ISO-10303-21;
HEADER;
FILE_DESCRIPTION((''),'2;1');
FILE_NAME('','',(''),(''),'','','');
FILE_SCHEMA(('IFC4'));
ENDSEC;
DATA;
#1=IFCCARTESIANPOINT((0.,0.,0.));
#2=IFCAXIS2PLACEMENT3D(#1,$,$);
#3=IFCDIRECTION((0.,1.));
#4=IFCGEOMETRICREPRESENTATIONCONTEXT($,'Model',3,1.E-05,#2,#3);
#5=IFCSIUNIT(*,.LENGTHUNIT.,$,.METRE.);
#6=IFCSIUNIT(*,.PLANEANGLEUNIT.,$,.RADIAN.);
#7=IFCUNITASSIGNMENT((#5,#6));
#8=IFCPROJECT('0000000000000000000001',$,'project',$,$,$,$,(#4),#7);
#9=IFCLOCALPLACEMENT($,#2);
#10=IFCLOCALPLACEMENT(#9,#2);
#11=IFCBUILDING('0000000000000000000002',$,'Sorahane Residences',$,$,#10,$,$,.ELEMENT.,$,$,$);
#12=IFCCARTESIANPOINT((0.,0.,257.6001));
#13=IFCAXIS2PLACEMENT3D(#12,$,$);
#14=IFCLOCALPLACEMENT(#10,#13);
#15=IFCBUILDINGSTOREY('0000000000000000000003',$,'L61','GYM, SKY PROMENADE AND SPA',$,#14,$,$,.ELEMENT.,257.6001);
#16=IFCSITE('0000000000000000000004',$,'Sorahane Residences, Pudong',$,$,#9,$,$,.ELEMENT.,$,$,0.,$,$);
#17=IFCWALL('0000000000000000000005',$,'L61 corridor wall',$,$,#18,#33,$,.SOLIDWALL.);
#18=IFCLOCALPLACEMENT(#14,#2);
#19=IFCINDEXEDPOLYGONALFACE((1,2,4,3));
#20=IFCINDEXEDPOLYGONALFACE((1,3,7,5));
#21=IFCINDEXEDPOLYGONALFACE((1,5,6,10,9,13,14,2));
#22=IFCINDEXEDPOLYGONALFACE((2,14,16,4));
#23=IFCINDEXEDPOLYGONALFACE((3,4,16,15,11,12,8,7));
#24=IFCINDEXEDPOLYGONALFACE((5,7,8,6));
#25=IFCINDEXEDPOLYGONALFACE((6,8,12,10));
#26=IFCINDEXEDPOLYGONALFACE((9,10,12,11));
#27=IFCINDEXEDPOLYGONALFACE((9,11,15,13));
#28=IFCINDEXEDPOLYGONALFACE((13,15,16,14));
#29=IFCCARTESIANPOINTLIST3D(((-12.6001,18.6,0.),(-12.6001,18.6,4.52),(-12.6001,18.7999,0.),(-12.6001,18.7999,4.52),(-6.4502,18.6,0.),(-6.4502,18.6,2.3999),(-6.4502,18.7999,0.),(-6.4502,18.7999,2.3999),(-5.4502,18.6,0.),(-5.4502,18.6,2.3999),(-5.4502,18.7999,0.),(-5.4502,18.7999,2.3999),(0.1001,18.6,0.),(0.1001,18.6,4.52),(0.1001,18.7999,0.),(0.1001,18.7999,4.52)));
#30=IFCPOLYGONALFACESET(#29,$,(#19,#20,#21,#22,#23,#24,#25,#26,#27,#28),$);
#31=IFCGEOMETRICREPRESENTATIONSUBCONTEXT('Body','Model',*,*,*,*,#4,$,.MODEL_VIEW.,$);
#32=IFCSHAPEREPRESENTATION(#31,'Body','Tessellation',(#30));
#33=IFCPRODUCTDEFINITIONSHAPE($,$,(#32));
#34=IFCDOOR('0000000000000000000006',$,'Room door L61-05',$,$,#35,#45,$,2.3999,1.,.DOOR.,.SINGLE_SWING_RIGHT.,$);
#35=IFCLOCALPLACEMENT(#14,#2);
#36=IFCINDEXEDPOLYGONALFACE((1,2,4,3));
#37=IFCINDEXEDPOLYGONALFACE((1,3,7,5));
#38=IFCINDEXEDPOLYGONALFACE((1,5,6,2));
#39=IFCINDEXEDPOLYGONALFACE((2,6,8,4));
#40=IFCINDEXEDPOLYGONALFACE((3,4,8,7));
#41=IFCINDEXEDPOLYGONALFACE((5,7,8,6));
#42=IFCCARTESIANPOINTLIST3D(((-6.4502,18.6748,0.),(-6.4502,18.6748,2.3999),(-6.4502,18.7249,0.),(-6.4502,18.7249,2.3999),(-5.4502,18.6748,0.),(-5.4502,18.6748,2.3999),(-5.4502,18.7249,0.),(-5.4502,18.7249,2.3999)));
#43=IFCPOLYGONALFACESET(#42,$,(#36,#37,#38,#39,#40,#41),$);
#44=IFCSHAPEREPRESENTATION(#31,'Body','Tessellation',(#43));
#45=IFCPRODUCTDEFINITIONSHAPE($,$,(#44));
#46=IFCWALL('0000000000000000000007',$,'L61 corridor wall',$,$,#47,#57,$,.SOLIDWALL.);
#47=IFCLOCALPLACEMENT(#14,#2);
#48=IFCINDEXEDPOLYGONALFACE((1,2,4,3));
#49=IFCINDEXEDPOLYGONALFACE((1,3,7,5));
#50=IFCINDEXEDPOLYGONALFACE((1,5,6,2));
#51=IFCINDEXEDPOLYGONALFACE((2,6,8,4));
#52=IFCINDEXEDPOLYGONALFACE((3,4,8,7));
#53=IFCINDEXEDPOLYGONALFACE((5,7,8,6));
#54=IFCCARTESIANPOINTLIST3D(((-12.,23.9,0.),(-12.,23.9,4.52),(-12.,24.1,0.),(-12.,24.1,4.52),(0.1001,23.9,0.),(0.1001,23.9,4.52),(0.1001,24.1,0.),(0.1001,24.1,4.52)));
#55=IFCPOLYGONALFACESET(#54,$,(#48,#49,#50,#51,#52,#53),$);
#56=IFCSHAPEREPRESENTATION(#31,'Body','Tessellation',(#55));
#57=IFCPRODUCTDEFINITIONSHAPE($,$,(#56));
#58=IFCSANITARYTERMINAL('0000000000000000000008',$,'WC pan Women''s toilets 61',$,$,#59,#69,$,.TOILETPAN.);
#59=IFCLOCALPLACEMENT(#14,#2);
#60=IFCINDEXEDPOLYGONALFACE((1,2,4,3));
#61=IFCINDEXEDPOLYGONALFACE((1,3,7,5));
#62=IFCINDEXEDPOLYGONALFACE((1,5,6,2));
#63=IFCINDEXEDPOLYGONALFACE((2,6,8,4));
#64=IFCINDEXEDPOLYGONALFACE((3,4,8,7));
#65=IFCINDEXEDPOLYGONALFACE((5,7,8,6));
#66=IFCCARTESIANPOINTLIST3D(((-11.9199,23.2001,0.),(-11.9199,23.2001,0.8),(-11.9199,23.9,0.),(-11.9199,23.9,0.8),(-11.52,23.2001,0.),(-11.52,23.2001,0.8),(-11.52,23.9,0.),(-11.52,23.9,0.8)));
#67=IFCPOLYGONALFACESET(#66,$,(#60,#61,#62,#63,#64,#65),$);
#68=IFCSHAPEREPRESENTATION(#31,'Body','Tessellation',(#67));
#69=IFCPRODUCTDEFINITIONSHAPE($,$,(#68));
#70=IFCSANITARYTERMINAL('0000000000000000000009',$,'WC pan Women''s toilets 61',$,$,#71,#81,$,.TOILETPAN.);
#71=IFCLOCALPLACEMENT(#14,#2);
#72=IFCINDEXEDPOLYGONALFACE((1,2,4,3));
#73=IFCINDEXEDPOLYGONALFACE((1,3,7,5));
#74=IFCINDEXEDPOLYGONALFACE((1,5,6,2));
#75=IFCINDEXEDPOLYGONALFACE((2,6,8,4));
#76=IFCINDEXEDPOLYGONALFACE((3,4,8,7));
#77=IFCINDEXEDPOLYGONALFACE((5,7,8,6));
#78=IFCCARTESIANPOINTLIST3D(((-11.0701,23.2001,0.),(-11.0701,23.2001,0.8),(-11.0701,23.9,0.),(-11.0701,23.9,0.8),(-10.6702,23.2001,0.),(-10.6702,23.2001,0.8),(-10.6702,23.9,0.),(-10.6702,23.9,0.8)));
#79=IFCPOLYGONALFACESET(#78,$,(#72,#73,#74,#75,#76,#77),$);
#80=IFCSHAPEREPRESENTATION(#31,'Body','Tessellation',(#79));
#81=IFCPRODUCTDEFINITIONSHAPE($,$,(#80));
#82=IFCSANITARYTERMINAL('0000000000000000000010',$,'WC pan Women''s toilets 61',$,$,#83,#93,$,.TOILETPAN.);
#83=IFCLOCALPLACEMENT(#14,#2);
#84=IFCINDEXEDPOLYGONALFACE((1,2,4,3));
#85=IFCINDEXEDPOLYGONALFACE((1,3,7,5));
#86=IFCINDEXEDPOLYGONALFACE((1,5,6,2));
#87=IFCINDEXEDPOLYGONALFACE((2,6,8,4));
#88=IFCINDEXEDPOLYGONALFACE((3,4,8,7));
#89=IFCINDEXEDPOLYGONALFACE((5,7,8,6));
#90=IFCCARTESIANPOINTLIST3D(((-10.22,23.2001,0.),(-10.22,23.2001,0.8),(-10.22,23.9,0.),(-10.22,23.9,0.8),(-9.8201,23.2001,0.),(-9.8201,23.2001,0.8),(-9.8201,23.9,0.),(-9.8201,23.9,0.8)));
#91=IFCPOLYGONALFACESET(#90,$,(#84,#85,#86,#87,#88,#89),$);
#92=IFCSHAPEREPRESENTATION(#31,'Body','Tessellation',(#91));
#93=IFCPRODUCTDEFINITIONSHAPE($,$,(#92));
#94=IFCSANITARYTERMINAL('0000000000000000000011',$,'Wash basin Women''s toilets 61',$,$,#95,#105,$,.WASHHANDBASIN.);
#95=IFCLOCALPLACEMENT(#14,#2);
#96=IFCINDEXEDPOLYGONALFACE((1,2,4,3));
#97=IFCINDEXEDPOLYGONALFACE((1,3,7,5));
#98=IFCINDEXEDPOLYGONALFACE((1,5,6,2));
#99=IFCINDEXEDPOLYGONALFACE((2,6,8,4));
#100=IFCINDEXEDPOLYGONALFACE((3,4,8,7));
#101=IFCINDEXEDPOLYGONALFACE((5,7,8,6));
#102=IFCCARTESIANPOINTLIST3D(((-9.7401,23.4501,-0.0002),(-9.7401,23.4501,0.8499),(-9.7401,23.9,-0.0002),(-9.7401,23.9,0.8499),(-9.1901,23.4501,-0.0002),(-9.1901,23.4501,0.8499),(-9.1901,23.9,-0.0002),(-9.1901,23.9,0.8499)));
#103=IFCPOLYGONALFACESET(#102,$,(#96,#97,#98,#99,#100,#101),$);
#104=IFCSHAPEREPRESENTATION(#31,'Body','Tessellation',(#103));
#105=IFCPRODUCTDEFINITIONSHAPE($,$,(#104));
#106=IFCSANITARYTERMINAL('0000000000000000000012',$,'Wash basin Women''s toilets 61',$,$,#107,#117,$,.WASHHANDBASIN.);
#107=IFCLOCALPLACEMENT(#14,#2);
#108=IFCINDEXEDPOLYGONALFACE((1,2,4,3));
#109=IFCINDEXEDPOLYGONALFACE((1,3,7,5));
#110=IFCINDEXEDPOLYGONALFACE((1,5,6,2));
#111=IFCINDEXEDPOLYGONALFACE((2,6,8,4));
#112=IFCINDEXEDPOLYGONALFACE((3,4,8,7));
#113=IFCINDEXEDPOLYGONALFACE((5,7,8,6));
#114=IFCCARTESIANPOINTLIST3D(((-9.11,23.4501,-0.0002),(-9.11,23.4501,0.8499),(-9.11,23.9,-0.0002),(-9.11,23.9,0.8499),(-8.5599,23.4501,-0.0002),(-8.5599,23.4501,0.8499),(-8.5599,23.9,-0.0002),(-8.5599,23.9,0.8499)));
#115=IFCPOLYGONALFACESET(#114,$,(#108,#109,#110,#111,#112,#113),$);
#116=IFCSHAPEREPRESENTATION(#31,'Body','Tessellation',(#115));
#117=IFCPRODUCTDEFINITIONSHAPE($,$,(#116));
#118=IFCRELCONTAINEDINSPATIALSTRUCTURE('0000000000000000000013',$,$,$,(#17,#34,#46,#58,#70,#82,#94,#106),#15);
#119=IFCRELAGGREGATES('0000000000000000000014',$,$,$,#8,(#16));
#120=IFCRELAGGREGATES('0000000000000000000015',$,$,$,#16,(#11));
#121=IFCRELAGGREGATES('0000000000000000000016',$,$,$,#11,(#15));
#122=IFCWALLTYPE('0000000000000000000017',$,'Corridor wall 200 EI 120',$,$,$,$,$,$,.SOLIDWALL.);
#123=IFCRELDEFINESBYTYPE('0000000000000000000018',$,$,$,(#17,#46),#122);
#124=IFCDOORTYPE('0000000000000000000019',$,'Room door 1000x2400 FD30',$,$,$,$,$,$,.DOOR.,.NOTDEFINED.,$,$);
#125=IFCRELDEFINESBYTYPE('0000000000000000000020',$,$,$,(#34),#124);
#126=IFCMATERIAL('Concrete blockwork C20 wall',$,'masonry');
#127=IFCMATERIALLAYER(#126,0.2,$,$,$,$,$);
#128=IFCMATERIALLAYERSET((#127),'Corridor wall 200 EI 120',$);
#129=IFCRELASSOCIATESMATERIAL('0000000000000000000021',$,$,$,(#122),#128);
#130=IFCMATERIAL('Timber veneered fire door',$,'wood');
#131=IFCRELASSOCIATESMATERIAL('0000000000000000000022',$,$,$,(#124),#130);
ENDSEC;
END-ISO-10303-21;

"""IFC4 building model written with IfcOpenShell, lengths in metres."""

from ifc_helpers import new_model, si_unit, direction, frame, frame_2d, origin, origin_2d, place, context, subcontext, project, spatial, rectangle, extrude, material, layer, layer_set, type_object, element, fill, save


model = new_model("IFC4")

# Units and contexts
model_context = context("Model", 3, precision=1e-05, world=origin(), true_north=direction((0.0, 1.0)))
body_context = subcontext(model_context, "Body", "Model", "MODEL_VIEW")
ifc_project = project(units=[si_unit("LENGTHUNIT", "METRE"), si_unit("PLANEANGLEUNIT", "RADIAN")], contexts=[model_context])

# Site, building, storey
site_placement = place(None, origin())
site = spatial("IfcSite", under=ifc_project, at=site_placement, Name="Sorahane Residences, Pudong", CompositionType="ELEMENT", RefElevation=0.0)
building_placement = place(site_placement, origin())
building = spatial("IfcBuilding", under=site, at=building_placement, Name="Sorahane Residences", CompositionType="ELEMENT")
storey_placement = place(building_placement, frame((0.0, 0.0, 257.6001)))
storey = spatial("IfcBuildingStorey", under=building, at=storey_placement, Name="L61", Description="GYM, SKY PROMENADE AND SPA", CompositionType="ELEMENT", Elevation=257.6001)

# Shared definitions
ifc_material_1 = material(Name="Concrete blockwork C20 wall", Category="masonry")
ifc_layer_1 = layer(ifc_material_1, 0.2)
ifc_layer_set_1 = layer_set([ifc_layer_1], Name="Corridor wall 200 EI 120")
wall_type = type_object("IfcWallType", Name="Corridor wall 200 EI 120", PredefinedType="SOLIDWALL", material=ifc_layer_set_1)

# Wall, opening, door
wall_1_placement = place(storey_placement, frame((-12.6001, 18.7, 0.0), z_axis=(0.0, 0.0, 1.0), x_axis=(1.0, 0.0, 0.0)))
wall_1 = element("IfcWall", 1, at=wall_1_placement, inside=storey, type_object=wall_type, Name="L61 corridor wall", PredefinedType="SOLIDWALL", context=body_context, shape_type="SweptSolid", body=[
    extrude(rectangle(XDim=12.7002, YDim=0.2, at=frame_2d((6.3501, 0.0))), origin(), (0.0, 0.0, 1.0), 4.52),
])
opening_1_placement = place(wall_1_placement, frame((6.1499, 0.0, 0.0)))
opening_1 = element("IfcOpeningElement", 2, at=opening_1_placement, cuts=wall_1, PredefinedType="OPENING", context=body_context, shape_type="SweptSolid", body=[
    extrude(rectangle(XDim=1.0, YDim=2.3999, at=frame_2d((0.5, 1.2))), frame((0.0, 0.1099, 0.0), z_axis=(0.0, -1.0, 0.0), x_axis=(1.0, 0.0, 0.0)), (0.0, 0.0, 1.0), 0.22),
])
ifc_material_2 = material(Name="Timber veneered fire door", Category="wood")
door_type_1 = type_object("IfcDoorType", Name="Room door 1000x2400 FD30", OperationType="NOTDEFINED", PredefinedType="DOOR", material=ifc_material_2)
door_1_placement = place(opening_1_placement, origin())
door_1 = element("IfcDoor", 3, at=door_1_placement, inside=storey, type_object=door_type_1, Name="Room door L61-05", OperationType="SINGLE_SWING_RIGHT", OverallHeight=2.3999, OverallWidth=1.0, PredefinedType="DOOR", context=body_context, shape_type="SweptSolid", body=[
    extrude(rectangle(XDim=1.0, YDim=2.3999, at=frame_2d((0.5, 1.2))), frame((0.0, 0.0249, 0.0), z_axis=(0.0, -1.0, 0.0), x_axis=(1.0, 0.0, 0.0)), (0.0, 0.0, 1.0), 0.05),
])
fill(opening_1, door_1)

# Wall
wall_2_placement = place(storey_placement, frame((-12.0, 24.0, 0.0), z_axis=(0.0, 0.0, 1.0), x_axis=(1.0, 0.0, 0.0)))
element("IfcWall", 4, at=wall_2_placement, inside=storey, type_object=wall_type, Name="L61 corridor wall", PredefinedType="SOLIDWALL", context=body_context, shape_type="SweptSolid", body=[
    extrude(rectangle(XDim=12.1001, YDim=0.2, at=frame_2d((6.05, 0.0))), origin(), (0.0, 0.0, 1.0), 4.52),
])

# Sanitary terminals
for number, where, z_axis, x_axis, name in (
    (5, (-11.72, 23.55, 0.0), (0.0, 0.0, 1.0), (1.0, 0.0, 0.0), "WC pan Women's toilets 61"),
    (6, (-10.8701, 23.55, 0.0), (0.0, 0.0, 1.0), (1.0, 0.0, 0.0), "WC pan Women's toilets 61"),
    (7, (-10.02, 23.55, 0.0), (0.0, 0.0, 1.0), (1.0, 0.0, 0.0), "WC pan Women's toilets 61"),
):
    element("IfcSanitaryTerminal", number, at=place(storey_placement, frame(where, z_axis=z_axis, x_axis=x_axis)), inside=storey, Name=name, PredefinedType="TOILETPAN", context=body_context, shape_type="SweptSolid", body=[
        extrude(rectangle(XDim=0.3999, YDim=0.7, at=origin_2d()), origin(), (0.0, 0.0, 1.0), 0.8),
    ])
for number, where, z_axis, x_axis, name in (
    (8, (-9.4651, 23.675, -0.0002), (0.0, 0.0, 1.0), (1.0, 0.0, 0.0), "Wash basin Women's toilets 61"),
    (9, (-8.835, 23.675, -0.0002), (0.0, 0.0, 1.0), (1.0, 0.0, 0.0), "Wash basin Women's toilets 61"),
):
    element("IfcSanitaryTerminal", number, at=place(storey_placement, frame(where, z_axis=z_axis, x_axis=x_axis)), inside=storey, Name=name, PredefinedType="WASHHANDBASIN", context=body_context, shape_type="SweptSolid", body=[
        extrude(rectangle(XDim=0.55, YDim=0.45, at=origin_2d()), origin(), (0.0, 0.0, 1.0), 0.8501),
    ])

save(model, "model.ifc")
